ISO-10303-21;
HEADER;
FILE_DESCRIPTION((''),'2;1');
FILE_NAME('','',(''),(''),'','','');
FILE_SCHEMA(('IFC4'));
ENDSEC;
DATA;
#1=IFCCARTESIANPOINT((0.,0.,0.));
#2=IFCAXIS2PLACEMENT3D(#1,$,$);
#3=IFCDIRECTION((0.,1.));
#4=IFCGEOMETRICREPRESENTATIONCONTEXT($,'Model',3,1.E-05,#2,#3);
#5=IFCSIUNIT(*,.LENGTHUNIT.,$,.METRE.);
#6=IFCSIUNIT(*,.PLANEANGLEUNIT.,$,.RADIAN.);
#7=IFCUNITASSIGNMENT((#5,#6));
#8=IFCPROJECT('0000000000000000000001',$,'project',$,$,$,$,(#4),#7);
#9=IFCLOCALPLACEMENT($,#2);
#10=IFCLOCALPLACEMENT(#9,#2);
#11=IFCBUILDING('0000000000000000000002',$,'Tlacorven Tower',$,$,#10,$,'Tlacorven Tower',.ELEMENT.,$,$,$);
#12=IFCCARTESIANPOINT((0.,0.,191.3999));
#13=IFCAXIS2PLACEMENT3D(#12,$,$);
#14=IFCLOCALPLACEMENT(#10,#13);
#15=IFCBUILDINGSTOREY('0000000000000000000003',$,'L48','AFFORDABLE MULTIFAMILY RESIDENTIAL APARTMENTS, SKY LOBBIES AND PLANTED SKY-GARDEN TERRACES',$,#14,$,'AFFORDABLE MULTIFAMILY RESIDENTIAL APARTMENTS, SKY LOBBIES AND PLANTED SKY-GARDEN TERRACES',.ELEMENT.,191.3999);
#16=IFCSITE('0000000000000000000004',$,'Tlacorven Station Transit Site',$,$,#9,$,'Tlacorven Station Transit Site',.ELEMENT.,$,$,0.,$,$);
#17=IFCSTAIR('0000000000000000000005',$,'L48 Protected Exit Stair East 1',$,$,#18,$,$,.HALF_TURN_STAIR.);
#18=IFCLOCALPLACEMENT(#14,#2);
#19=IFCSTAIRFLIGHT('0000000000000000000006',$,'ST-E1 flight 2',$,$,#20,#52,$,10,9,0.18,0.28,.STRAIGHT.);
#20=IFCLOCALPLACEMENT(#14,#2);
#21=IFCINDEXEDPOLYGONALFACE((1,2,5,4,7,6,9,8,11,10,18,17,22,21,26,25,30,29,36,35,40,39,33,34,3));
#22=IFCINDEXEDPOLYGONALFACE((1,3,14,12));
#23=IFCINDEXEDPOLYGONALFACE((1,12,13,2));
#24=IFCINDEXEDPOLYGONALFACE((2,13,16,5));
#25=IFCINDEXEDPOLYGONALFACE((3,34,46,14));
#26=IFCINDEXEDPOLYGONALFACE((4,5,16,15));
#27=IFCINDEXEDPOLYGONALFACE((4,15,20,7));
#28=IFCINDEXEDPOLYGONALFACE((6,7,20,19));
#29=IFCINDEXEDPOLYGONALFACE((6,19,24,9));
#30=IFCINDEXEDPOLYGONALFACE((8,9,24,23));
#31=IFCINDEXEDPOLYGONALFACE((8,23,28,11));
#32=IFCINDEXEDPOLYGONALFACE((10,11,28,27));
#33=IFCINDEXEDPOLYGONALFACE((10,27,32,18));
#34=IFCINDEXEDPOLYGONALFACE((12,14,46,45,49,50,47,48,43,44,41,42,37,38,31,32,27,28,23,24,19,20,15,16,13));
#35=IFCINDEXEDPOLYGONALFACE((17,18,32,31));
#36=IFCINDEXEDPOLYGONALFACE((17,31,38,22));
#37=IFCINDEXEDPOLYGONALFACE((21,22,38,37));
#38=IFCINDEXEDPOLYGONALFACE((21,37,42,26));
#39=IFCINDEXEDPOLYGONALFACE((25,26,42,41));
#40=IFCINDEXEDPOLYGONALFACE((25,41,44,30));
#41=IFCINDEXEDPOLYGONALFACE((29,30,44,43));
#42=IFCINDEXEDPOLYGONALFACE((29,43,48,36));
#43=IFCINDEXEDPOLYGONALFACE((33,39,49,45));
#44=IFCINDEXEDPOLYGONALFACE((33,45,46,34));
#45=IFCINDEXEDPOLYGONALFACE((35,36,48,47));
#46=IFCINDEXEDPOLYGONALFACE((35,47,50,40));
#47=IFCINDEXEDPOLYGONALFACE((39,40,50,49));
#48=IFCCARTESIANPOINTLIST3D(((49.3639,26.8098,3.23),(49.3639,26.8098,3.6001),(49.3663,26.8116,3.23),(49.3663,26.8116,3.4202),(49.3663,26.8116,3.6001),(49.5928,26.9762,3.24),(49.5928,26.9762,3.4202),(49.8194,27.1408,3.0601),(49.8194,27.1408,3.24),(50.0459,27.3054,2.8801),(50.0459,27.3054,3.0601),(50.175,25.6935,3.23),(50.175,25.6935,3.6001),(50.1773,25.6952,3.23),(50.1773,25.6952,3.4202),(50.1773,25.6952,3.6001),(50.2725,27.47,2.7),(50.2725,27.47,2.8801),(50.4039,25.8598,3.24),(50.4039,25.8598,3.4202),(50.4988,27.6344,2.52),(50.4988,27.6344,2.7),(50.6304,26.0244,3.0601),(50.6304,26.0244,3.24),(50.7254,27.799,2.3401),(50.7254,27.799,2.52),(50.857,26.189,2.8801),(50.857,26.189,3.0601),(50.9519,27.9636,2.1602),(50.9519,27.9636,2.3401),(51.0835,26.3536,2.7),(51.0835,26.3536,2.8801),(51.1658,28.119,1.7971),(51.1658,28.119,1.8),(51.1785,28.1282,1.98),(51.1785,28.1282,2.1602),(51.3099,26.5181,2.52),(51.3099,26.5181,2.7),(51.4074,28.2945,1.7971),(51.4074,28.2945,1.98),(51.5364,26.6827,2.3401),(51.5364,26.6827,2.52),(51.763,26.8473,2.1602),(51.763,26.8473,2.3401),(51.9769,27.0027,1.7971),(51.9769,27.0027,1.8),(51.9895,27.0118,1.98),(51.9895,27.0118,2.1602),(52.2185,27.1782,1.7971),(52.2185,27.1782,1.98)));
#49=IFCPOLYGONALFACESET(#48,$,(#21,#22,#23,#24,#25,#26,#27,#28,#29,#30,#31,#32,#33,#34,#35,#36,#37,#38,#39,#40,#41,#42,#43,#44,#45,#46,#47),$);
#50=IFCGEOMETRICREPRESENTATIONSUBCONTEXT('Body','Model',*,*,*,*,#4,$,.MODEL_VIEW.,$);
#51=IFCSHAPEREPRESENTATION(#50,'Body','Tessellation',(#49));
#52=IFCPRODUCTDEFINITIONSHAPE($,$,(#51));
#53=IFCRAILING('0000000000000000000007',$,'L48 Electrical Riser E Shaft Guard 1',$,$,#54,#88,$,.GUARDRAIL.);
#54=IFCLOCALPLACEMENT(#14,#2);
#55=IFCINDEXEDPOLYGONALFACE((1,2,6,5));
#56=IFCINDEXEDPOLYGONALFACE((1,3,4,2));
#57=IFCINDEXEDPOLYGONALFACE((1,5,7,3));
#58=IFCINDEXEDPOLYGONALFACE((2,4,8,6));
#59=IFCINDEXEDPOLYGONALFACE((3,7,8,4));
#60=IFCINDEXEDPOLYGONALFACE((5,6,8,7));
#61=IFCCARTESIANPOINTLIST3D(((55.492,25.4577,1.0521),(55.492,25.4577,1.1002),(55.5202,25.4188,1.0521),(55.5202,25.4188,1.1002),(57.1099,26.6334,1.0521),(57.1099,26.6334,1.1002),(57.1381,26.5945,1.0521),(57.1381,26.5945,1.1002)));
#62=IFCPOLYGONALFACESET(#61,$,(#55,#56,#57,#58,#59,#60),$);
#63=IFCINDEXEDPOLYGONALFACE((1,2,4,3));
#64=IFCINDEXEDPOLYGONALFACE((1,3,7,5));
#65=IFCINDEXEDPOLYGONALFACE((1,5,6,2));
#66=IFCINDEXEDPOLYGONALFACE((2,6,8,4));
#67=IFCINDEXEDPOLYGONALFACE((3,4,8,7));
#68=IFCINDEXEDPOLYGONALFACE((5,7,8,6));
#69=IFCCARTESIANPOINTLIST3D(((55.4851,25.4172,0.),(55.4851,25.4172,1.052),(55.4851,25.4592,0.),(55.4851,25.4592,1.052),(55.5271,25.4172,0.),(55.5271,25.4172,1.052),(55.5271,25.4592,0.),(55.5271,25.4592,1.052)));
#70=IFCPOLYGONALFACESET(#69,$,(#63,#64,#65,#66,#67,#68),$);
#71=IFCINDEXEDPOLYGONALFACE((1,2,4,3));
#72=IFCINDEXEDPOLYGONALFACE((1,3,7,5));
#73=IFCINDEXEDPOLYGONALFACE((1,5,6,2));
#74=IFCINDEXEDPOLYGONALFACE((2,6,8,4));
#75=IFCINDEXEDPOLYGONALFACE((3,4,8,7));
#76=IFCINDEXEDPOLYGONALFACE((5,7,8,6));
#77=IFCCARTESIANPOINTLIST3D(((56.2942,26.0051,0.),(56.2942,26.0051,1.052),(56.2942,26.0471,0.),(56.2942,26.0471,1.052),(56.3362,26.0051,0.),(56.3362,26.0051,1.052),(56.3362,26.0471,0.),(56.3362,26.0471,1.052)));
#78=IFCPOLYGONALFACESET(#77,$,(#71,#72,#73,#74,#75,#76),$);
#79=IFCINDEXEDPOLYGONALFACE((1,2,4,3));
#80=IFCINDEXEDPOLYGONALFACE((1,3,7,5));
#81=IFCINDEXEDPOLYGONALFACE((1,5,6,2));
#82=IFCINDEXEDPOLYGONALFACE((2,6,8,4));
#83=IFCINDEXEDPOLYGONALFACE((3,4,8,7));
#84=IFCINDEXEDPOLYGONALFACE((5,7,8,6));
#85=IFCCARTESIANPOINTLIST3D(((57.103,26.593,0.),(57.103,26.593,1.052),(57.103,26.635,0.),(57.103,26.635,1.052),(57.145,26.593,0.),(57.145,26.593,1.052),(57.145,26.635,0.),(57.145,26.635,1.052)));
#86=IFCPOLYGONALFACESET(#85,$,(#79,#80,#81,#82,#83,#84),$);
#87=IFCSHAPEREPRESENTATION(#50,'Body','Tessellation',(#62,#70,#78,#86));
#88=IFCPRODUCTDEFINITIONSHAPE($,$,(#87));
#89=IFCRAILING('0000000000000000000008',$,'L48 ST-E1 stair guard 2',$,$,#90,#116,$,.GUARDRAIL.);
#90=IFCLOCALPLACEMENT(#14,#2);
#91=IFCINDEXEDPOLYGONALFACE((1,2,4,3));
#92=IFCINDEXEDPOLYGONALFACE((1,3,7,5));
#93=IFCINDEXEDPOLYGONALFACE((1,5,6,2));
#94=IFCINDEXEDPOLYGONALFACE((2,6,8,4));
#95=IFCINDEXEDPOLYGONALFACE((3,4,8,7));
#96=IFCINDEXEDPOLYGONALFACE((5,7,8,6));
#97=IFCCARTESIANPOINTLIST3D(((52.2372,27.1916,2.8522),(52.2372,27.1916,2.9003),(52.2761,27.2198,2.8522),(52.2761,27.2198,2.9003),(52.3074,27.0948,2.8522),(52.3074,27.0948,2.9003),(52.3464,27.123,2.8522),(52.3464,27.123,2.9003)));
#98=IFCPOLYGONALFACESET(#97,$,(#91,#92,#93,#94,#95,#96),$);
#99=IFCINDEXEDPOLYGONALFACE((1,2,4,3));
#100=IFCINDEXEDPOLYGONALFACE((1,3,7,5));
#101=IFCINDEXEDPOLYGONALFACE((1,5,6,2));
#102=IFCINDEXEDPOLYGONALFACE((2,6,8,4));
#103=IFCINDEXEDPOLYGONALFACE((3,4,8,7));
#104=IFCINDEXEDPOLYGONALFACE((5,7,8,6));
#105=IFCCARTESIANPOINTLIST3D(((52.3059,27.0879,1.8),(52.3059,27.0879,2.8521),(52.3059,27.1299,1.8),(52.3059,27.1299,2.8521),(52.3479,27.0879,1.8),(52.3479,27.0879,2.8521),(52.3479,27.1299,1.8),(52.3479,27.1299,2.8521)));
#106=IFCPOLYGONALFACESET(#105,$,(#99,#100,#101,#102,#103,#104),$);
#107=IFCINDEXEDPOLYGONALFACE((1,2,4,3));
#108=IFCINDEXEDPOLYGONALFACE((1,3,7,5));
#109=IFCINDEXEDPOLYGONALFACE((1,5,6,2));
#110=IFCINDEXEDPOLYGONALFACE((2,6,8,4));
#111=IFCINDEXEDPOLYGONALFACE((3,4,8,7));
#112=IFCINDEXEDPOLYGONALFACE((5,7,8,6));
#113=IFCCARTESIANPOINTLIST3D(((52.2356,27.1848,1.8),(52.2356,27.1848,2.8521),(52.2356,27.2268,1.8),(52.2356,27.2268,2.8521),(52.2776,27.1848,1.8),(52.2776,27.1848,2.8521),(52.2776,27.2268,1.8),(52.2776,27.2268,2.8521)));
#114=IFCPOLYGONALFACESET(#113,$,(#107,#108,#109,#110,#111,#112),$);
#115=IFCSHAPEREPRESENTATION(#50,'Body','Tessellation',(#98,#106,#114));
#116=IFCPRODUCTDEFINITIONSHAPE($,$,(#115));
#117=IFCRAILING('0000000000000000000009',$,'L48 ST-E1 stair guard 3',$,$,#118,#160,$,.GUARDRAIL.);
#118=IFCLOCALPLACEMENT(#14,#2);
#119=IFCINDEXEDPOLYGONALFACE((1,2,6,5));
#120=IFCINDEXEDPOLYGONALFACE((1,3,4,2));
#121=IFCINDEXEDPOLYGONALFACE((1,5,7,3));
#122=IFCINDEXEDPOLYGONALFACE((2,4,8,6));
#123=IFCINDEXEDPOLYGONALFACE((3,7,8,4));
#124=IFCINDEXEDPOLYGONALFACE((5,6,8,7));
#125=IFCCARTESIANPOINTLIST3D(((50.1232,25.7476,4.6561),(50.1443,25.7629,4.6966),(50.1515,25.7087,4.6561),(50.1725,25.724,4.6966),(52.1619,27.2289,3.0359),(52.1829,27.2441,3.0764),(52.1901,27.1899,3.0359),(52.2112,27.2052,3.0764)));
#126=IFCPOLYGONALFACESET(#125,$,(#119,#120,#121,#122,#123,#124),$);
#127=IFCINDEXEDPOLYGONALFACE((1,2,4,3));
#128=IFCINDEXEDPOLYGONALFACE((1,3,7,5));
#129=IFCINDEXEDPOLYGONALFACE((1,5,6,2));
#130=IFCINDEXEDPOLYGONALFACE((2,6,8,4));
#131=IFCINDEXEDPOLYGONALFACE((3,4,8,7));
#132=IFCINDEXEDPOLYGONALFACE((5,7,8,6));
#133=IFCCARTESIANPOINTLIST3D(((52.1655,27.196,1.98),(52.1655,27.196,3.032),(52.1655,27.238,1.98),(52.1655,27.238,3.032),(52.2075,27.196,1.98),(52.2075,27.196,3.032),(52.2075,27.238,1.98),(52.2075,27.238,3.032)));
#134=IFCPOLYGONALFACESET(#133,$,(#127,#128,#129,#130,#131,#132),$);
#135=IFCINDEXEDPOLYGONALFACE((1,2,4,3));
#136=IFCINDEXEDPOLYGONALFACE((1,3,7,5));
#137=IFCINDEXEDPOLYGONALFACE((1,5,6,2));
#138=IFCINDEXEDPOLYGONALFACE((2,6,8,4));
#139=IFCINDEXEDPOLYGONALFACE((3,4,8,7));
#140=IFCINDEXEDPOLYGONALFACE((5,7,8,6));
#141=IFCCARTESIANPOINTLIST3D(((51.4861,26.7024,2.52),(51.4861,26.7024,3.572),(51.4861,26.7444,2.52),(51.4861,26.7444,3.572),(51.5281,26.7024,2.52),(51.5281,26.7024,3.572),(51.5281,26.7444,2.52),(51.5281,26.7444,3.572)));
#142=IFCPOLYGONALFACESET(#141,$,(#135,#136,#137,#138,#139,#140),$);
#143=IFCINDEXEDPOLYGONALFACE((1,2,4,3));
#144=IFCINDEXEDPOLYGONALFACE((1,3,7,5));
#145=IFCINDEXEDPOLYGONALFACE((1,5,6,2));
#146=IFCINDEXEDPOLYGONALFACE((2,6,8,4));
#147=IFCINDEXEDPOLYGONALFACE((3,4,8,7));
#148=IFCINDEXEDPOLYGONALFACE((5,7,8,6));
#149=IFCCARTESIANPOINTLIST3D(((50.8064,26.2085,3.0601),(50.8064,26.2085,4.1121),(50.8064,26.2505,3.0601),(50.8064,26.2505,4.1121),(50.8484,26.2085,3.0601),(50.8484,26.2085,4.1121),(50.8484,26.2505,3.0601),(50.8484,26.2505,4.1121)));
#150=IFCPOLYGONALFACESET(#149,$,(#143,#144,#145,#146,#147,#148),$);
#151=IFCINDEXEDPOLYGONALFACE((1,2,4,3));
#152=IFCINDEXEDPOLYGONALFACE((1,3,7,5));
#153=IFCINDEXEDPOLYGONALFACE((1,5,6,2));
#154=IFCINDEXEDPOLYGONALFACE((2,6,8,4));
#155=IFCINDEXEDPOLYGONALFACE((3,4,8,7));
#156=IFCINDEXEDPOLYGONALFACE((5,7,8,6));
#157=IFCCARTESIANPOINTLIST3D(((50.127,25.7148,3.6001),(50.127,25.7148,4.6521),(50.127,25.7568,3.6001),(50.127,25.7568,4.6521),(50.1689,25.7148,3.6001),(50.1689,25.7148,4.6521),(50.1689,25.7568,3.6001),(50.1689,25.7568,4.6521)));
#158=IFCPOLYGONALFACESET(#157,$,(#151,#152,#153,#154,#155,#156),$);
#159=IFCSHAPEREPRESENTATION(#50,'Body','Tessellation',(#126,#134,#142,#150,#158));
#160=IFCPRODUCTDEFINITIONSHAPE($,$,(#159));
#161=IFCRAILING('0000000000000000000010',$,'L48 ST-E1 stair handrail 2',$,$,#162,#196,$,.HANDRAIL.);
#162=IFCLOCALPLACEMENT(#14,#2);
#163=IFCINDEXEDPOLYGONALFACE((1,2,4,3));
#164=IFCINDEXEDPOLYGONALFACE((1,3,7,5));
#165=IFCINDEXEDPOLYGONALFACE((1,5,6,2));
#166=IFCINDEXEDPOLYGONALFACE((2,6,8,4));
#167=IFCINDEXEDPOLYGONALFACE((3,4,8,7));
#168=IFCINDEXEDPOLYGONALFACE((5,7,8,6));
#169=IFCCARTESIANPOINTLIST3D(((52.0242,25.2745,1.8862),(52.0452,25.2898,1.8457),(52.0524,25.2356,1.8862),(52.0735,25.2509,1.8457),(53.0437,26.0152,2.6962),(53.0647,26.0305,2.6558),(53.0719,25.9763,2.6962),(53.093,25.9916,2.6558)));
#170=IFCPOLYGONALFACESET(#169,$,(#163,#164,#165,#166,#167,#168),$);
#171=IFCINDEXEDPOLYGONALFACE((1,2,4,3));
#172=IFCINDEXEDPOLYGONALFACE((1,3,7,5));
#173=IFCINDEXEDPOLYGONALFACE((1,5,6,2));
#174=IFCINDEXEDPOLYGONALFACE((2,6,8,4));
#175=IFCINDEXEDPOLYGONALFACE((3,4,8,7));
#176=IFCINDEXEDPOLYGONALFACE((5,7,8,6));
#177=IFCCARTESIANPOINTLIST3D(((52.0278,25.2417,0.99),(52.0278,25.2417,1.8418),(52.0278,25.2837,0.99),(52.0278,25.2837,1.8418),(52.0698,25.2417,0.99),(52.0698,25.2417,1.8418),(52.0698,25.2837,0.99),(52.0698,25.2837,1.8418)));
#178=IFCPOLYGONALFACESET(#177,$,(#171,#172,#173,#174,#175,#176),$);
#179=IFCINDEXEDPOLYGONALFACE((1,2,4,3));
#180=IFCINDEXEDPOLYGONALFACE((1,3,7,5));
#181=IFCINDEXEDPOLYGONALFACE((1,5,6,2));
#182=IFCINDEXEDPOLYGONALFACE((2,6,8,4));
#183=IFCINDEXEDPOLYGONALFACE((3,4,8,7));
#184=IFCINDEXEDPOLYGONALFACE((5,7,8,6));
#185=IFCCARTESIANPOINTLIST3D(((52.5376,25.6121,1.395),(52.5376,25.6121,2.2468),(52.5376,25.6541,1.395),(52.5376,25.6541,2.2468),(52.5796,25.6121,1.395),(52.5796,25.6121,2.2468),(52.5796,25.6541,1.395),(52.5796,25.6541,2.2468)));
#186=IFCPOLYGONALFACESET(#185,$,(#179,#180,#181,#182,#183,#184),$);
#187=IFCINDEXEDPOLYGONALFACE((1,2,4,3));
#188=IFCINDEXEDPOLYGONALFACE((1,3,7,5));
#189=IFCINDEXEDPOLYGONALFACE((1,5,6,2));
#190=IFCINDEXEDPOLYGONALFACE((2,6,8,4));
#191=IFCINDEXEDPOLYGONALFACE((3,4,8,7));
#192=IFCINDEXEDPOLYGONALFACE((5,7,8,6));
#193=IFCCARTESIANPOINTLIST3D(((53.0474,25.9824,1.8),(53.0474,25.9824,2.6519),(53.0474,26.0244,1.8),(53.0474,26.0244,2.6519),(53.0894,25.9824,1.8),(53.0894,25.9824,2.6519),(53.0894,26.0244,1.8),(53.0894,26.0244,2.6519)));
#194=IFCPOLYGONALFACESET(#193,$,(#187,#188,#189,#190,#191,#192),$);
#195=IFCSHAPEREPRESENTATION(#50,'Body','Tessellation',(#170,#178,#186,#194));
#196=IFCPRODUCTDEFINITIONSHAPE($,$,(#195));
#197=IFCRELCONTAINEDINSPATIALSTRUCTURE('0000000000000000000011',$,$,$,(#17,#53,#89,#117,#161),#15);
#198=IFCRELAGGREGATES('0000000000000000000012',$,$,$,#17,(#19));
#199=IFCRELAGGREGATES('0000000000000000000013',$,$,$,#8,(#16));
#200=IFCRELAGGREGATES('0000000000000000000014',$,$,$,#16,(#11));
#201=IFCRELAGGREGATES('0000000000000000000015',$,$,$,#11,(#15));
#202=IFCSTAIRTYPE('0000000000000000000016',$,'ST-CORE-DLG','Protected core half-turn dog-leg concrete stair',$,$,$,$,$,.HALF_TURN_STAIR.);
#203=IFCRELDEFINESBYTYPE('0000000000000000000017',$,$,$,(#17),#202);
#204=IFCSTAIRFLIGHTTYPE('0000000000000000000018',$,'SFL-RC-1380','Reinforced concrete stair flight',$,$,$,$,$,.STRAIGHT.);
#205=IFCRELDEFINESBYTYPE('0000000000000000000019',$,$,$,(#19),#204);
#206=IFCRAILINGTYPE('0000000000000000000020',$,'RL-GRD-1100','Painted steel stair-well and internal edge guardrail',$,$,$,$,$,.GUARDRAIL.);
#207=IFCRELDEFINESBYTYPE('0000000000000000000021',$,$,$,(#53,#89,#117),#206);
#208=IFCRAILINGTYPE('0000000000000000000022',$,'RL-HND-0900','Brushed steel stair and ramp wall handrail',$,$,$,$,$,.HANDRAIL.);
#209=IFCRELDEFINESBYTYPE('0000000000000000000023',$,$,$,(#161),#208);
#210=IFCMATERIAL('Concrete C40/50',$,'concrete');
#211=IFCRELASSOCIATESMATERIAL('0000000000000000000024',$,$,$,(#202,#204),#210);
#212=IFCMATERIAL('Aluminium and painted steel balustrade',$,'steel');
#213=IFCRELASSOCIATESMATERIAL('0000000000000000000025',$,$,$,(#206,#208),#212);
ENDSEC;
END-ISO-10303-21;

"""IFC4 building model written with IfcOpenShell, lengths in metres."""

from ifc_helpers import new_model, si_unit, direction, frame, origin, origin_2d, place, context, subcontext, project, spatial, polyline, rectangle, outline, extrude, source, transform, mapped, material, type_object, element, aggregate, save


model = new_model("IFC4")

# Units and contexts
model_context = context("Model", 3, precision=1e-05, world=origin(), true_north=direction((0.0, 1.0)))
body_context = subcontext(model_context, "Body", "Model", "MODEL_VIEW")
ifc_project = project(units=[si_unit("LENGTHUNIT", "METRE"), si_unit("PLANEANGLEUNIT", "RADIAN")], contexts=[model_context])

# Site, building, storey
site_placement = place(None, origin())
site = spatial("IfcSite", under=ifc_project, at=site_placement, Name="Tlacorven Station Transit Site", LongName="Tlacorven Station Transit Site", CompositionType="ELEMENT", RefElevation=0.0)
building_placement = place(site_placement, origin())
building = spatial("IfcBuilding", under=site, at=building_placement, Name="Tlacorven Tower", LongName="Tlacorven Tower", CompositionType="ELEMENT")
storey_placement = place(building_placement, frame((0.0, 0.0, 191.3999)))
storey = spatial("IfcBuildingStorey", under=building, at=storey_placement, Name="L48", Description="AFFORDABLE MULTIFAMILY RESIDENTIAL APARTMENTS, SKY LOBBIES AND PLANTED SKY-GARDEN TERRACES", LongName="AFFORDABLE MULTIFAMILY RESIDENTIAL APARTMENTS, SKY LOBBIES AND PLANTED SKY-GARDEN TERRACES", CompositionType="ELEMENT", Elevation=191.3999)

# Shared definitions
ifc_material_1 = material(Name="Concrete C40/50", Category="concrete")

# Stair, stair flight
stair_type = type_object("IfcStairType", Name="ST-CORE-DLG", Description="Protected core half-turn dog-leg concrete stair", PredefinedType="HALF_TURN_STAIR", material=ifc_material_1)
stair_placement = place(storey_placement, origin())
stair = element("IfcStair", 1, at=stair_placement, inside=storey, type_object=stair_type, Name="L48 Protected Exit Stair East 1", PredefinedType="HALF_TURN_STAIR")
stair_flight_type = type_object("IfcStairFlightType", Name="SFL-RC-1380", Description="Reinforced concrete stair flight", PredefinedType="STRAIGHT", material=ifc_material_1)
shared_shape_1 = source(origin(), body_context, "Body", "SweptSolid", [
    extrude(outline(polyline([(-0.0029, -0.0029), (-0.0029, 0.1799), (0.28, 0.1799), (0.28, 0.3601), (0.5601, 0.3601), (0.5601, 0.54), (0.8401, 0.54), (0.8401, 0.72), (1.1201, 0.72), (1.1201, 0.8999), (1.3999, 0.8999), (1.3999, 1.0801), (1.6799, 1.0801), (1.6799, 1.26), (1.96, 1.26), (1.96, 1.4399), (2.24, 1.4399), (2.24, 1.6201), (2.52, 1.6201), (2.52, 1.8), (2.5229, 1.8), (2.5229, 1.4299), (2.52, 1.4299), (0.2957, 0.0), (0.2957, -0.0029), (-0.0029, -0.0029)])), frame((0.0, 0.6899, 0.0), z_axis=(0.0, -1.0, 0.0), x_axis=(1.0, 0.0, 0.0)), (0.0, 0.0, 1.0), 1.3799),
])
stair_flight_1_placement = place(storey_placement, frame((51.8105, 27.7346, 1.8), z_axis=(0.0, 0.0, 1.0), x_axis=(-0.809017, -0.587785, 0.0)))
stair_flight_1 = element("IfcStairFlight", 2, at=stair_flight_1_placement, type_object=stair_flight_type, Name="ST-E1 flight 2", NumberOfRisers=10, NumberOfTreads=9, PredefinedType="STRAIGHT", RiserHeight=0.18, TreadLength=0.28, context=body_context, shape_type="MappedRepresentation", body=[
    mapped(shared_shape_1, transform((0.0, 0.0, 0.0), scale=1.0)),
])
aggregate(stair, [stair_flight_1])

# Railings
ifc_material_2 = material(Name="Aluminium and painted steel balustrade", Category="steel")
railing_type_1 = type_object("IfcRailingType", Name="RL-GRD-1100", Description="Painted steel stair-well and internal edge guardrail", PredefinedType="GUARDRAIL", material=ifc_material_2)
shared_shape_2 = source(origin(), body_context, "Body", "SweptSolid", [
    extrude(rectangle(XDim=0.0481, YDim=0.0481, at=origin_2d()), frame((0.0, 0.0, 1.0762), z_axis=(0.808947, 0.587881, 0.0), x_axis=(-0.587881, 0.808947, 0.0)), (0.0, 0.0, 1.0), 2.0),
    extrude(rectangle(XDim=0.042, YDim=0.042, at=origin_2d()), origin(), (0.0, 0.0, 1.0), 1.052),
    extrude(rectangle(XDim=0.042, YDim=0.042, at=origin_2d()), frame((0.8091, 0.5879, 0.0)), (0.0, 0.0, 1.0), 1.052),
    extrude(rectangle(XDim=0.042, YDim=0.042, at=origin_2d()), frame((1.6179, 1.1758, 0.0)), (0.0, 0.0, 1.0), 1.052),
])
railing_1_placement = place(storey_placement, frame((55.5061, 25.4382, 0.0)))
element("IfcRailing", 3, at=railing_1_placement, inside=storey, type_object=railing_type_1, Name="L48 Electrical Riser E Shaft Guard 1", PredefinedType="GUARDRAIL", context=body_context, shape_type="MappedRepresentation", body=[
    mapped(shared_shape_2, transform((0.0, 0.0, 0.0), scale=1.0)),
])
shared_shape_3 = source(origin(), body_context, "Body", "SweptSolid", [
    extrude(rectangle(XDim=0.0481, YDim=0.0481, at=origin_2d()), frame((0.0, 0.0, 1.0762), z_axis=(-0.587201, 0.809441, 0.0), x_axis=(-0.809441, -0.587201, 0.0)), (0.0, 0.0, 1.0), 0.1196),
    extrude(rectangle(XDim=0.042, YDim=0.042, at=origin_2d()), origin(), (0.0, 0.0, 1.0), 1.052),
    extrude(rectangle(XDim=0.042, YDim=0.042, at=origin_2d()), frame((-0.0703, 0.0969, 0.0)), (0.0, 0.0, 1.0), 1.052),
])
railing_2_placement = place(storey_placement, frame((52.3269, 27.1089, 1.8)))
element("IfcRailing", 4, at=railing_2_placement, inside=storey, type_object=railing_type_1, Name="L48 ST-E1 stair guard 2", PredefinedType="GUARDRAIL", context=body_context, shape_type="MappedRepresentation", body=[
    mapped(shared_shape_3, transform((0.0, 0.0, 0.0), scale=1.0)),
])
shared_shape_4 = source(origin(), body_context, "Body", "SweptSolid", [
    extrude(rectangle(XDim=0.0481, YDim=0.0481, at=origin_2d()), frame((0.0, 0.0, 1.0762), z_axis=(-0.680489, -0.494434, 0.540805), x_axis=(0.587809, -0.809, 0.0)), (0.0, 0.0, 1.0), 2.9958),
    extrude(rectangle(XDim=0.042, YDim=0.042, at=origin_2d()), origin(), (0.0, 0.0, 1.0), 1.052),
    extrude(rectangle(XDim=0.042, YDim=0.042, at=origin_2d()), frame((-0.6794, -0.4937, 0.54)), (0.0, 0.0, 1.0), 1.052),
    extrude(rectangle(XDim=0.042, YDim=0.042, at=origin_2d()), frame((-1.3591, -0.9875, 1.0801)), (0.0, 0.0, 1.0), 1.052),
    extrude(rectangle(XDim=0.042, YDim=0.042, at=origin_2d()), frame((-2.0386, -1.4812, 1.6201)), (0.0, 0.0, 1.0), 1.052),
])
railing_3_placement = place(storey_placement, frame((52.1865, 27.217, 1.98)))
element("IfcRailing", 5, at=railing_3_placement, inside=storey, type_object=railing_type_1, Name="L48 ST-E1 stair guard 3", PredefinedType="GUARDRAIL", context=body_context, shape_type="MappedRepresentation", body=[
    mapped(shared_shape_4, transform((0.0, 0.0, 0.0), scale=1.0)),
])
railing_type_2 = type_object("IfcRailingType", Name="RL-HND-0900", Description="Brushed steel stair and ramp wall handrail", PredefinedType="HANDRAIL", material=ifc_material_2)
shared_shape_5 = source(origin(), body_context, "Body", "SweptSolid", [
    extrude(rectangle(XDim=0.0481, YDim=0.0481, at=origin_2d()), frame((0.0, 0.0, 0.876), z_axis=(0.680549, 0.494441, 0.540723), x_axis=(-0.58778, 0.809021, 0.0)), (0.0, 0.0, 1.0), 1.498),
    extrude(rectangle(XDim=0.042, YDim=0.042, at=origin_2d()), origin(), (0.0, 0.0, 1.0), 0.8518),
    extrude(rectangle(XDim=0.042, YDim=0.042, at=origin_2d()), frame((0.5098, 0.3704, 0.405)), (0.0, 0.0, 1.0), 0.8518),
    extrude(rectangle(XDim=0.042, YDim=0.042, at=origin_2d()), frame((1.0195, 0.7407, 0.8101)), (0.0, 0.0, 1.0), 0.8518),
])
railing_4_placement = place(storey_placement, frame((52.0488, 25.2627, 0.99)))
element("IfcRailing", 6, at=railing_4_placement, inside=storey, type_object=railing_type_2, Name="L48 ST-E1 stair handrail 2", PredefinedType="HANDRAIL", context=body_context, shape_type="MappedRepresentation", body=[
    mapped(shared_shape_5, transform((0.0, 0.0, 0.0), scale=1.0)),
])

save(model, "model.ifc")
